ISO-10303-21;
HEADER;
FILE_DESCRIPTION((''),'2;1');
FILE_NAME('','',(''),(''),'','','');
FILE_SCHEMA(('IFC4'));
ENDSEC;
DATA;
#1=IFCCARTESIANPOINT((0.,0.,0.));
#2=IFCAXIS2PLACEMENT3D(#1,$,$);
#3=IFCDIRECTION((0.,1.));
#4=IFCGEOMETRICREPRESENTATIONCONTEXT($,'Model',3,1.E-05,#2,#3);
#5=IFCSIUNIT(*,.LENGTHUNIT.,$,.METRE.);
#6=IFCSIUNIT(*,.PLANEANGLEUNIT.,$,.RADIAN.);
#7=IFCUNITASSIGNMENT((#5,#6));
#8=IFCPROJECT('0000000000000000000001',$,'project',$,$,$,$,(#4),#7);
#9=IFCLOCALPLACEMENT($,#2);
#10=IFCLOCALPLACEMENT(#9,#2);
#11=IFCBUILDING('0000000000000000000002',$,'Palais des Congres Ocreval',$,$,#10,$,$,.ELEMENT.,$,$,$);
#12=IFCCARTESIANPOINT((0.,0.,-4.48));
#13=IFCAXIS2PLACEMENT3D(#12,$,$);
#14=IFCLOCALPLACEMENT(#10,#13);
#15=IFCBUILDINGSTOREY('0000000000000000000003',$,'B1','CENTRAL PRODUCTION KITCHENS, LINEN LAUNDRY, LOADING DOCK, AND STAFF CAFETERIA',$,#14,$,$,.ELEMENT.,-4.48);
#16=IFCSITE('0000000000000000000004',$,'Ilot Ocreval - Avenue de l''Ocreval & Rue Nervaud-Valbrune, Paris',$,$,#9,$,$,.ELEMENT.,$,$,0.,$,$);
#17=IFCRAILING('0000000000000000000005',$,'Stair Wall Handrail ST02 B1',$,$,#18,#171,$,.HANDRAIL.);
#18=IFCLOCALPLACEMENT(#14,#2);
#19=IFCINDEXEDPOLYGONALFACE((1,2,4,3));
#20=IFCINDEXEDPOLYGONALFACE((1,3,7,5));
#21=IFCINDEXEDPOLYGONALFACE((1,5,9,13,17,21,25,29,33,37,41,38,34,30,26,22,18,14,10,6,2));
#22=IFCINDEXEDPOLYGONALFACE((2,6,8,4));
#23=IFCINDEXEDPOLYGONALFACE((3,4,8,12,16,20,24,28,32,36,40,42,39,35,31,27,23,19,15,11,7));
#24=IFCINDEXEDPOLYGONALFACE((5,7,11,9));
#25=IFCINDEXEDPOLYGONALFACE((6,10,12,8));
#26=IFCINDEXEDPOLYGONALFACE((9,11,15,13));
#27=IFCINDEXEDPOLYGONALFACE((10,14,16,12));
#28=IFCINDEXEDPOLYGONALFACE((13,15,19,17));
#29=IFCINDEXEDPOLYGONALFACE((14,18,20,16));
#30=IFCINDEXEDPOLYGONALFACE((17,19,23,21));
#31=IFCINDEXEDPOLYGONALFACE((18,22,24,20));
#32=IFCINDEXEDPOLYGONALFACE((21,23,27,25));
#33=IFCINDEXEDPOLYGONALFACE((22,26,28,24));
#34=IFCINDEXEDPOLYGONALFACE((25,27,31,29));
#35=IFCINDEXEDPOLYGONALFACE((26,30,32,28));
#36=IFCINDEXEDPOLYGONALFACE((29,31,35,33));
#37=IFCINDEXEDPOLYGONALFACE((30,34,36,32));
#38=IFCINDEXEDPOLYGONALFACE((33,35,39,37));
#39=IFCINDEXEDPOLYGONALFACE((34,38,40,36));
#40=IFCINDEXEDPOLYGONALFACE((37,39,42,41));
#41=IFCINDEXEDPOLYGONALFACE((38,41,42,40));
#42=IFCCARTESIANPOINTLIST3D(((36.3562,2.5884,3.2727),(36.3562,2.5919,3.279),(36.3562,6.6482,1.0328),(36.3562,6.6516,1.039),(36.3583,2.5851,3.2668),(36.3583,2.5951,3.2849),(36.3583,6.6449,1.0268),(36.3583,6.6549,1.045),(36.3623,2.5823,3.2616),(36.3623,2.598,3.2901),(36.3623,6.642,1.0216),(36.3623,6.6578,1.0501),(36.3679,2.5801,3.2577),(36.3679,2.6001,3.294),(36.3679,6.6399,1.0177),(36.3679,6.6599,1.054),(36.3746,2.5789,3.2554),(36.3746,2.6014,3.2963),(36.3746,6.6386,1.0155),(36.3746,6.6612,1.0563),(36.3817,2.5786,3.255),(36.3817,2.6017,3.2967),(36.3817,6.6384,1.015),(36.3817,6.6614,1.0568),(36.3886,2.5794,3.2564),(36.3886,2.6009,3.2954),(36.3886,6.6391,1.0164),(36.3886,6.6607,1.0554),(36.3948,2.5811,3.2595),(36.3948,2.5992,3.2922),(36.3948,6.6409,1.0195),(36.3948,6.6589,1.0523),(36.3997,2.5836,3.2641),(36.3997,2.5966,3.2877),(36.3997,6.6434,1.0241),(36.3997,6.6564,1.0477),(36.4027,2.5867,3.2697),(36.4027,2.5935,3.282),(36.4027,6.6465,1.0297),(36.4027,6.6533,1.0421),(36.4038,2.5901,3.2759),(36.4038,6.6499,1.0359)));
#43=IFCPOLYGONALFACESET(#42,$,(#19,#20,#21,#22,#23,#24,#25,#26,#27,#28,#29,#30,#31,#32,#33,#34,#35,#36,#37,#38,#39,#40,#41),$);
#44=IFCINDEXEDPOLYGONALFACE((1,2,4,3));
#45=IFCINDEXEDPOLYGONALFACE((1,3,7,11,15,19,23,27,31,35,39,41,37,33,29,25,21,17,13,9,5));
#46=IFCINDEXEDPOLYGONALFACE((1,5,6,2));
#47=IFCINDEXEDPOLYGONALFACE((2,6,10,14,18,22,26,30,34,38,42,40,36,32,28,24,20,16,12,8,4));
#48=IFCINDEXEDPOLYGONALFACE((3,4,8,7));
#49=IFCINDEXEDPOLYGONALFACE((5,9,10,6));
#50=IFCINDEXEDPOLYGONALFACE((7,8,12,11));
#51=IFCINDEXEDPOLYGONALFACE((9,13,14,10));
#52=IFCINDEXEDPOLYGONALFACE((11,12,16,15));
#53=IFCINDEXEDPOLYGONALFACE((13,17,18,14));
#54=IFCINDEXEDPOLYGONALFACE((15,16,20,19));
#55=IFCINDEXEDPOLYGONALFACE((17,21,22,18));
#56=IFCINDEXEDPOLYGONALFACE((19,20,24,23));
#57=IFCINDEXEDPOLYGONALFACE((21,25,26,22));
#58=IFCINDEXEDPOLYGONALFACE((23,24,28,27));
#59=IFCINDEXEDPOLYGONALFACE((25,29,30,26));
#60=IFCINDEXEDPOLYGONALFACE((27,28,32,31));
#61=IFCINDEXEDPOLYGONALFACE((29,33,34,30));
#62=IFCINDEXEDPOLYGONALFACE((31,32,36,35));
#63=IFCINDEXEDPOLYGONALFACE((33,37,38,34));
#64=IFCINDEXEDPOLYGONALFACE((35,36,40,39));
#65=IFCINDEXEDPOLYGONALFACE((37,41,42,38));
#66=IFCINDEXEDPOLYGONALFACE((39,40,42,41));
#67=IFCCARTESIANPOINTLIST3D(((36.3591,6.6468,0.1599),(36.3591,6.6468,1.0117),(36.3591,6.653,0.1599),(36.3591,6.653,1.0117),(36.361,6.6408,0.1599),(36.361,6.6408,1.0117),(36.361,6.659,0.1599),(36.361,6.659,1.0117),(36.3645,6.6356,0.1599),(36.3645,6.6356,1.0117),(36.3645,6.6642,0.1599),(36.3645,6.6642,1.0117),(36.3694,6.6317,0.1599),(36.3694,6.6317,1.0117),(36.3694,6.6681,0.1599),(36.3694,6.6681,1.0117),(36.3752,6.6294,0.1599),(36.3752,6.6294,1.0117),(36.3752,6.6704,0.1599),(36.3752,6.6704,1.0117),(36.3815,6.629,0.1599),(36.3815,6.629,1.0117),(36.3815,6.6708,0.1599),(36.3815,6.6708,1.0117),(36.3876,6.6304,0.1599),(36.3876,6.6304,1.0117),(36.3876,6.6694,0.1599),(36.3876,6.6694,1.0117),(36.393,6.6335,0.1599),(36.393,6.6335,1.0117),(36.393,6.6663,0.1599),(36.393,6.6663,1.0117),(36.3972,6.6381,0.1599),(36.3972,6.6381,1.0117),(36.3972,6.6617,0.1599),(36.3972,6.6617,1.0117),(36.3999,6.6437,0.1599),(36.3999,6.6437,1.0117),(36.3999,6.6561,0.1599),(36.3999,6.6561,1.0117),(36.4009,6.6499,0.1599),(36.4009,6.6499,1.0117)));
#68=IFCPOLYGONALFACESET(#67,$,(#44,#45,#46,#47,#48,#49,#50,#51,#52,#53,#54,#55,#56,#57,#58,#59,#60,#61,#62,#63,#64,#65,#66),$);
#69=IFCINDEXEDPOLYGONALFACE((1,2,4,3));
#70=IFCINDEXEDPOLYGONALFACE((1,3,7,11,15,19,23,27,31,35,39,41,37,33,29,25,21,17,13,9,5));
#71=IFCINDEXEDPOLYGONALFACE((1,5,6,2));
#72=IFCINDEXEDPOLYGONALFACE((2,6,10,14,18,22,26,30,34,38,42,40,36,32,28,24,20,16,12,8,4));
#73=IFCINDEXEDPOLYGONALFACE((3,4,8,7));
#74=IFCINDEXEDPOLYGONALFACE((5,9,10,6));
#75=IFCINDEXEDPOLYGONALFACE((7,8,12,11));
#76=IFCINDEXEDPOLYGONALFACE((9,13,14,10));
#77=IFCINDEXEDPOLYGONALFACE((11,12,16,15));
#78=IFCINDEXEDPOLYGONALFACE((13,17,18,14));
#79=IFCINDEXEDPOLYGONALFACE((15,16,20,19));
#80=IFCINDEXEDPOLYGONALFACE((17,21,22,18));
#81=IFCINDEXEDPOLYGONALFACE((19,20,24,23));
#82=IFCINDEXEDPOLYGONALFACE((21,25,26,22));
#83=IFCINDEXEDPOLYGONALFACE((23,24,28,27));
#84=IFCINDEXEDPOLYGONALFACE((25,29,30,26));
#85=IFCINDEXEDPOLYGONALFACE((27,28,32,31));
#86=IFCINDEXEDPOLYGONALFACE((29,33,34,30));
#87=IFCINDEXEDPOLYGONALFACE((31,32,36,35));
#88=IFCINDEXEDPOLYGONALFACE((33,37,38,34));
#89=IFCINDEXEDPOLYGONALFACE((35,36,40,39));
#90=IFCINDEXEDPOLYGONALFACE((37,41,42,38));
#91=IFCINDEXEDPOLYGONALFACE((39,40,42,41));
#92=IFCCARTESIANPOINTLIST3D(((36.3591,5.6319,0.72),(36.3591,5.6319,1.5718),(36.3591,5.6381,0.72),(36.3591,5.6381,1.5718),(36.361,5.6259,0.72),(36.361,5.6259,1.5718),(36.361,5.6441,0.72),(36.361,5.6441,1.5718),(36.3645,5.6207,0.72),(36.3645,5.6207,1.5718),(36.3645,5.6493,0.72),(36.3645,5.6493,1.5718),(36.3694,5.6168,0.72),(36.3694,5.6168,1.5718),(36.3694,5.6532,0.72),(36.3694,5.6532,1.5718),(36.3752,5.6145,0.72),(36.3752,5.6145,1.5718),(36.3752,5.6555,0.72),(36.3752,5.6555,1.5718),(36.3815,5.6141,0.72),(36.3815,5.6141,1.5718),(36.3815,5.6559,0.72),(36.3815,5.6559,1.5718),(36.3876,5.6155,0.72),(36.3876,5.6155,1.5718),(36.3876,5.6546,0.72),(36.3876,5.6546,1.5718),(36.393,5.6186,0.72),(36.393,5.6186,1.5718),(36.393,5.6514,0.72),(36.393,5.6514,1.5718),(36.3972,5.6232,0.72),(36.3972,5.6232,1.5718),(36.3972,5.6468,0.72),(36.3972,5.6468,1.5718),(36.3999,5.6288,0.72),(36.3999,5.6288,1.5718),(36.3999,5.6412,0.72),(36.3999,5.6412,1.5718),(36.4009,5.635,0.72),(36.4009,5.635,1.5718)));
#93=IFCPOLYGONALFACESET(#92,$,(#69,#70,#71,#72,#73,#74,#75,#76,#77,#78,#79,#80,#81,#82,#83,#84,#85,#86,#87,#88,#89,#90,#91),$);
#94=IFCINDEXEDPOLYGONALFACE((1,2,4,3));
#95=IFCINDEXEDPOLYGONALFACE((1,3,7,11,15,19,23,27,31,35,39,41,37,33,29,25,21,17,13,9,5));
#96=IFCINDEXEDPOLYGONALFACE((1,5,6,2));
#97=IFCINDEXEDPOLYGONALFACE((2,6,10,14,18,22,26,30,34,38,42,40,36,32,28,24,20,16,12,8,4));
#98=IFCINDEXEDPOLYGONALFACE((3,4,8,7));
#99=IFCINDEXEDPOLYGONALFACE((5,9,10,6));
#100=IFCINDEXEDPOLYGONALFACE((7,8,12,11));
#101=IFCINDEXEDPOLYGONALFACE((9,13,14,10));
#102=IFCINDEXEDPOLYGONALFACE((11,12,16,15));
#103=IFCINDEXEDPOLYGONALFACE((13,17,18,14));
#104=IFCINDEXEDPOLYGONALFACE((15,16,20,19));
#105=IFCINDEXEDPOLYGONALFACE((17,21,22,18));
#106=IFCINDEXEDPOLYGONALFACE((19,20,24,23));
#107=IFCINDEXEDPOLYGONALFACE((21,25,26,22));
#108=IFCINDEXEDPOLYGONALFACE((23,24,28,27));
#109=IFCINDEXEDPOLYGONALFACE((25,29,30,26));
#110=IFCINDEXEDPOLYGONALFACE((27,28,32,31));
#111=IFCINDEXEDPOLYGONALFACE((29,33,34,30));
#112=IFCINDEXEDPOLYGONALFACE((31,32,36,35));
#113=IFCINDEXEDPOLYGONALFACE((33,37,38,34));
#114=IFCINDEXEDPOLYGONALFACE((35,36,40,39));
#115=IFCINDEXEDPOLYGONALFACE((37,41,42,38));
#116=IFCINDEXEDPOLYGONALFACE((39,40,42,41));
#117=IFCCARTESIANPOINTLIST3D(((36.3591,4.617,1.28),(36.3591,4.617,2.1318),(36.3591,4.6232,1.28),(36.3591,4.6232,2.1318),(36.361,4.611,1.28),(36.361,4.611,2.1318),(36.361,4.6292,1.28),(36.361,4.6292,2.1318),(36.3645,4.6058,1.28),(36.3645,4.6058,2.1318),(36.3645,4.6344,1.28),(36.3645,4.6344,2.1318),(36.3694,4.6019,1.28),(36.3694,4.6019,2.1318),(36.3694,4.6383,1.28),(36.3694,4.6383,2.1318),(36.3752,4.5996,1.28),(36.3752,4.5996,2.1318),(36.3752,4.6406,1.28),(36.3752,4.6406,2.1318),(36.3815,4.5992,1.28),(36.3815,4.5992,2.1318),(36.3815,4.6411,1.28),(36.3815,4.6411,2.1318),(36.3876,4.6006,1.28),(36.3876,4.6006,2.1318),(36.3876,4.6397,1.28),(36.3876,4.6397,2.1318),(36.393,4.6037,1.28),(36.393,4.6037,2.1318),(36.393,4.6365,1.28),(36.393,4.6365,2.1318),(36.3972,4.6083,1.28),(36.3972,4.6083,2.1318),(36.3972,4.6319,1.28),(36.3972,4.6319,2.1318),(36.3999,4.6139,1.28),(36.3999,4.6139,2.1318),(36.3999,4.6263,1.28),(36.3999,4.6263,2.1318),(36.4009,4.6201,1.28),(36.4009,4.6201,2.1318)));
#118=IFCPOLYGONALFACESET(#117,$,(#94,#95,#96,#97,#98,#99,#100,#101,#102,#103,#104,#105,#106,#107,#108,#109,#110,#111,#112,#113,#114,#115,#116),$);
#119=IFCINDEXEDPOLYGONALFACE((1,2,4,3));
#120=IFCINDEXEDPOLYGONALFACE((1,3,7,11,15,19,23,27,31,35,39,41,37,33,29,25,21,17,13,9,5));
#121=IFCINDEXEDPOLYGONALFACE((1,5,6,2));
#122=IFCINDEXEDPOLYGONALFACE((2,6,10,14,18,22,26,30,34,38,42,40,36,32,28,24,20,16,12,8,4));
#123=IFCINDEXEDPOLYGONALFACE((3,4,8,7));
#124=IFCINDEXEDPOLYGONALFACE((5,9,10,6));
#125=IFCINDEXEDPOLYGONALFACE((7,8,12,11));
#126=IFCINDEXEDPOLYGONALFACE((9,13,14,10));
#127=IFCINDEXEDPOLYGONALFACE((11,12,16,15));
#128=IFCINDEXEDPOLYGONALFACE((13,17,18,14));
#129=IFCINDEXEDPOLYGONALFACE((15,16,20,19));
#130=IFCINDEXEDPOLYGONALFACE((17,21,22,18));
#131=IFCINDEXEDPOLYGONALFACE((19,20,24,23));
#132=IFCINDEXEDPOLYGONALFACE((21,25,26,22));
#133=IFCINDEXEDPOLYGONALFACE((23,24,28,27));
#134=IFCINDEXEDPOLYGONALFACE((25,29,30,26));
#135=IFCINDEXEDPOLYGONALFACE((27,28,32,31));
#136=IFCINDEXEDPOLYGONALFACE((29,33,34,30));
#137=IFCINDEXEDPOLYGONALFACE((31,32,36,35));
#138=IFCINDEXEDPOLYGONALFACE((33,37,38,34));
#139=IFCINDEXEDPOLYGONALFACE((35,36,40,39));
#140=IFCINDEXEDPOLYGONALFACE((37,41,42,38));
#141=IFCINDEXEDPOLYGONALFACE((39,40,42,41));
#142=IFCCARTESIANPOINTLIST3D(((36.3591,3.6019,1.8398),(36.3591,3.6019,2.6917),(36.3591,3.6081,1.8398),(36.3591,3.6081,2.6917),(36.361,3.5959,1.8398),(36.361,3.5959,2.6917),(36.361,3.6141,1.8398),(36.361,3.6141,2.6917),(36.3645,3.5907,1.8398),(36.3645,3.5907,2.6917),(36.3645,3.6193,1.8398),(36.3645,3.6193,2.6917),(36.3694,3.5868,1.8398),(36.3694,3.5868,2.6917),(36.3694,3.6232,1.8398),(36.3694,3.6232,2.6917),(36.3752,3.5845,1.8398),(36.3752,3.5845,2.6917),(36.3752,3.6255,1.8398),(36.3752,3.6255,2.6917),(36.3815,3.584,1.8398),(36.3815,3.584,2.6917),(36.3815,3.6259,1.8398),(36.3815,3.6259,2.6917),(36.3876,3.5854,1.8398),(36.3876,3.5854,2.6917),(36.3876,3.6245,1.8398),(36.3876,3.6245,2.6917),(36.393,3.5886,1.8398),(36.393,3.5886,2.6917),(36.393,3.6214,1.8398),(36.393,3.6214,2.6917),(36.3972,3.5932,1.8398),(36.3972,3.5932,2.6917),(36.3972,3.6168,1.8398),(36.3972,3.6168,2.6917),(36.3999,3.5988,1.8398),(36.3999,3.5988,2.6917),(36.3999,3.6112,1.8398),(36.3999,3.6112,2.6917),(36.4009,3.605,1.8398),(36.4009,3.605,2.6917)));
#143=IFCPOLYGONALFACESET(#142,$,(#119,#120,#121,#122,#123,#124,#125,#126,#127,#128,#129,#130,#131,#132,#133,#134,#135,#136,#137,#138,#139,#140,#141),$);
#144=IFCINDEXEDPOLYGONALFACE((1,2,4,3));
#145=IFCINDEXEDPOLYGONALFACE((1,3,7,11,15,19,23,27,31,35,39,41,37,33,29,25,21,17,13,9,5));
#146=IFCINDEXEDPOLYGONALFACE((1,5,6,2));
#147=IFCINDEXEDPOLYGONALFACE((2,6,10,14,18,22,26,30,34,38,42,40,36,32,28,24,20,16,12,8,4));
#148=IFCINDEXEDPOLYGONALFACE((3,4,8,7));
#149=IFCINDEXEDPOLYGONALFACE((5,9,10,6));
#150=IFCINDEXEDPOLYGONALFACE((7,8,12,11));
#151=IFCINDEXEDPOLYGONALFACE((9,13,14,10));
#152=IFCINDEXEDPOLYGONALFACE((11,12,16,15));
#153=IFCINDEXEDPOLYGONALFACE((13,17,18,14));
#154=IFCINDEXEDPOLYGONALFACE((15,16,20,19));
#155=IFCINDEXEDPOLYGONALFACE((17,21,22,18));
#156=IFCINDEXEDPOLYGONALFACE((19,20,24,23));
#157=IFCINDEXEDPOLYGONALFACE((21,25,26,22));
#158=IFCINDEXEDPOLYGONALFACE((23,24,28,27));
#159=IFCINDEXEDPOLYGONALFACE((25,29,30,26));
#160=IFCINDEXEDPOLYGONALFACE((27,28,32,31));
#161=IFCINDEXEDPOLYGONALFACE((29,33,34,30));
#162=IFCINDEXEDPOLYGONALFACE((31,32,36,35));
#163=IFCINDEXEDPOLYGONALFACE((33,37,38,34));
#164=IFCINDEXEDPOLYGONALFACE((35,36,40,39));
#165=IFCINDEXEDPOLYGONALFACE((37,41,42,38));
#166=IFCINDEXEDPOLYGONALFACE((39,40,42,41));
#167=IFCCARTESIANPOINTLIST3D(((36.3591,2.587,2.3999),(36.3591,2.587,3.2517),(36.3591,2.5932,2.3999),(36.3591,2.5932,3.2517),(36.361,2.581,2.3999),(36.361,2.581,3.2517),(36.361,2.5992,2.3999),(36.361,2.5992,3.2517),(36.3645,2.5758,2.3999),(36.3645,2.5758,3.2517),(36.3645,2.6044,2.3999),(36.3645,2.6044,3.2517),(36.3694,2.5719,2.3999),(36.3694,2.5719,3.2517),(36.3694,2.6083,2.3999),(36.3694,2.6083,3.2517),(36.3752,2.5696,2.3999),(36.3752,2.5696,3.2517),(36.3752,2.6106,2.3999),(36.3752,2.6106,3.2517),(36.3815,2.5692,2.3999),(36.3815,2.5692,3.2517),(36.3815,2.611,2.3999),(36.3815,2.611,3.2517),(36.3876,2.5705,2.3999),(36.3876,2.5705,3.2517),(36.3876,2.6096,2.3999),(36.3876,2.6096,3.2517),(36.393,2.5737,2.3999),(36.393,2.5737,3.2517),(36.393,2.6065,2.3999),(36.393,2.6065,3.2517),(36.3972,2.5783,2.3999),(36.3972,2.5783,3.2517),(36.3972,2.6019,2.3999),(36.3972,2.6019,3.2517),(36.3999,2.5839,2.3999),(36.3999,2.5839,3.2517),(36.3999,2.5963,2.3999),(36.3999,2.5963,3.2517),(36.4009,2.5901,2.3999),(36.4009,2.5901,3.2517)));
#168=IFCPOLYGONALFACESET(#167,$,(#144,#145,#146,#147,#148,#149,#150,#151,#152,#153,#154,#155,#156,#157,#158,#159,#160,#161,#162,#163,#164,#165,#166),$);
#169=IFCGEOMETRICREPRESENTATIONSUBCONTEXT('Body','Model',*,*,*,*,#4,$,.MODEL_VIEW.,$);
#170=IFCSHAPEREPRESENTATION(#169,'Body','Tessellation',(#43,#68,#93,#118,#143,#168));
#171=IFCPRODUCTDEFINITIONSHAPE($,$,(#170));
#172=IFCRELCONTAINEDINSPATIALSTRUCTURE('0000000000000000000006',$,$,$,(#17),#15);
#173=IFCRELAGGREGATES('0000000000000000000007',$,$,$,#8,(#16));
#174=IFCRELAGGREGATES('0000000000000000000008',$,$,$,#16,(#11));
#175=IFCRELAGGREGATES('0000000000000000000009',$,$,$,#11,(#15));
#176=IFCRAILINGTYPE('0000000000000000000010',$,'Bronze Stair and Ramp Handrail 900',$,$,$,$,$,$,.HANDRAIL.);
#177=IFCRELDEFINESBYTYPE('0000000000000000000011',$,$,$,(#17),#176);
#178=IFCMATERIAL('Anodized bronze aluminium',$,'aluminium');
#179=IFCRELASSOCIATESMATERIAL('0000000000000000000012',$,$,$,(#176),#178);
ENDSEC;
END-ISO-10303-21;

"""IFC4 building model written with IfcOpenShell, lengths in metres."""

from ifc_helpers import new_model, si_unit, direction, frame, origin, origin_2d, place, context, subcontext, project, spatial, circle, extrude, material, type_object, element, save


model = new_model("IFC4")

# Units and contexts
model_context = context("Model", 3, precision=1e-05, world=origin(), true_north=direction((0.0, 1.0)))
body_context = subcontext(model_context, "Body", "Model", "MODEL_VIEW")
ifc_project = project(units=[si_unit("LENGTHUNIT", "METRE"), si_unit("PLANEANGLEUNIT", "RADIAN")], contexts=[model_context])

# Site, building, storey
site_placement = place(None, origin())
site = spatial("IfcSite", under=ifc_project, at=site_placement, Name="Ilot Ocreval - Avenue de l'Ocreval & Rue Nervaud-Valbrune, Paris", CompositionType="ELEMENT", RefElevation=0.0)
building_placement = place(site_placement, origin())
building = spatial("IfcBuilding", under=site, at=building_placement, Name="Palais des Congres Ocreval", CompositionType="ELEMENT")
storey_placement = place(building_placement, frame((0.0, 0.0, -4.48)))
storey = spatial("IfcBuildingStorey", under=building, at=storey_placement, Name="B1", Description="CENTRAL PRODUCTION KITCHENS, LINEN LAUNDRY, LOADING DOCK, AND STAFF CAFETERIA", CompositionType="ELEMENT", Elevation=-4.48)

# Railing
ifc_material_1 = material(Name="Anodized bronze aluminium", Category="aluminium")
railing_type_1 = type_object("IfcRailingType", Name="Bronze Stair and Ramp Handrail 900", PredefinedType="HANDRAIL", material=ifc_material_1)
railing_1_placement = place(storey_placement, frame((36.3799, 6.6499, 0.1599)))
element("IfcRailing", 1, at=railing_1_placement, inside=storey, type_object=railing_type_1, Name="Stair Wall Handrail ST02 B1", PredefinedType="HANDRAIL", context=body_context, shape_type="SweptSolid", body=[
    extrude(circle(Radius=0.0239, at=origin_2d()), frame((0.0, 0.0, 0.876), z_axis=(0.0, -0.875569, 0.483093), x_axis=(1.0, 0.0, 0.0)), (0.0, 0.0, 1.0), 4.6367),
    extrude(circle(Radius=0.021, at=origin_2d()), origin(), (0.0, 0.0, 1.0), 0.8518),
    extrude(circle(Radius=0.021, at=origin_2d()), frame((0.0, -1.0149, 0.5601)), (0.0, 0.0, 1.0), 0.8518),
    extrude(circle(Radius=0.021, at=origin_2d()), frame((0.0, -2.0298, 1.1201)), (0.0, 0.0, 1.0), 0.8518),
    extrude(circle(Radius=0.021, at=origin_2d()), frame((0.0, -3.0449, 1.6799)), (0.0, 0.0, 1.0), 0.8518),
    extrude(circle(Radius=0.021, at=origin_2d()), frame((0.0, -4.0598, 2.24)), (0.0, 0.0, 1.0), 0.8518),
])

save(model, "model.ifc")
